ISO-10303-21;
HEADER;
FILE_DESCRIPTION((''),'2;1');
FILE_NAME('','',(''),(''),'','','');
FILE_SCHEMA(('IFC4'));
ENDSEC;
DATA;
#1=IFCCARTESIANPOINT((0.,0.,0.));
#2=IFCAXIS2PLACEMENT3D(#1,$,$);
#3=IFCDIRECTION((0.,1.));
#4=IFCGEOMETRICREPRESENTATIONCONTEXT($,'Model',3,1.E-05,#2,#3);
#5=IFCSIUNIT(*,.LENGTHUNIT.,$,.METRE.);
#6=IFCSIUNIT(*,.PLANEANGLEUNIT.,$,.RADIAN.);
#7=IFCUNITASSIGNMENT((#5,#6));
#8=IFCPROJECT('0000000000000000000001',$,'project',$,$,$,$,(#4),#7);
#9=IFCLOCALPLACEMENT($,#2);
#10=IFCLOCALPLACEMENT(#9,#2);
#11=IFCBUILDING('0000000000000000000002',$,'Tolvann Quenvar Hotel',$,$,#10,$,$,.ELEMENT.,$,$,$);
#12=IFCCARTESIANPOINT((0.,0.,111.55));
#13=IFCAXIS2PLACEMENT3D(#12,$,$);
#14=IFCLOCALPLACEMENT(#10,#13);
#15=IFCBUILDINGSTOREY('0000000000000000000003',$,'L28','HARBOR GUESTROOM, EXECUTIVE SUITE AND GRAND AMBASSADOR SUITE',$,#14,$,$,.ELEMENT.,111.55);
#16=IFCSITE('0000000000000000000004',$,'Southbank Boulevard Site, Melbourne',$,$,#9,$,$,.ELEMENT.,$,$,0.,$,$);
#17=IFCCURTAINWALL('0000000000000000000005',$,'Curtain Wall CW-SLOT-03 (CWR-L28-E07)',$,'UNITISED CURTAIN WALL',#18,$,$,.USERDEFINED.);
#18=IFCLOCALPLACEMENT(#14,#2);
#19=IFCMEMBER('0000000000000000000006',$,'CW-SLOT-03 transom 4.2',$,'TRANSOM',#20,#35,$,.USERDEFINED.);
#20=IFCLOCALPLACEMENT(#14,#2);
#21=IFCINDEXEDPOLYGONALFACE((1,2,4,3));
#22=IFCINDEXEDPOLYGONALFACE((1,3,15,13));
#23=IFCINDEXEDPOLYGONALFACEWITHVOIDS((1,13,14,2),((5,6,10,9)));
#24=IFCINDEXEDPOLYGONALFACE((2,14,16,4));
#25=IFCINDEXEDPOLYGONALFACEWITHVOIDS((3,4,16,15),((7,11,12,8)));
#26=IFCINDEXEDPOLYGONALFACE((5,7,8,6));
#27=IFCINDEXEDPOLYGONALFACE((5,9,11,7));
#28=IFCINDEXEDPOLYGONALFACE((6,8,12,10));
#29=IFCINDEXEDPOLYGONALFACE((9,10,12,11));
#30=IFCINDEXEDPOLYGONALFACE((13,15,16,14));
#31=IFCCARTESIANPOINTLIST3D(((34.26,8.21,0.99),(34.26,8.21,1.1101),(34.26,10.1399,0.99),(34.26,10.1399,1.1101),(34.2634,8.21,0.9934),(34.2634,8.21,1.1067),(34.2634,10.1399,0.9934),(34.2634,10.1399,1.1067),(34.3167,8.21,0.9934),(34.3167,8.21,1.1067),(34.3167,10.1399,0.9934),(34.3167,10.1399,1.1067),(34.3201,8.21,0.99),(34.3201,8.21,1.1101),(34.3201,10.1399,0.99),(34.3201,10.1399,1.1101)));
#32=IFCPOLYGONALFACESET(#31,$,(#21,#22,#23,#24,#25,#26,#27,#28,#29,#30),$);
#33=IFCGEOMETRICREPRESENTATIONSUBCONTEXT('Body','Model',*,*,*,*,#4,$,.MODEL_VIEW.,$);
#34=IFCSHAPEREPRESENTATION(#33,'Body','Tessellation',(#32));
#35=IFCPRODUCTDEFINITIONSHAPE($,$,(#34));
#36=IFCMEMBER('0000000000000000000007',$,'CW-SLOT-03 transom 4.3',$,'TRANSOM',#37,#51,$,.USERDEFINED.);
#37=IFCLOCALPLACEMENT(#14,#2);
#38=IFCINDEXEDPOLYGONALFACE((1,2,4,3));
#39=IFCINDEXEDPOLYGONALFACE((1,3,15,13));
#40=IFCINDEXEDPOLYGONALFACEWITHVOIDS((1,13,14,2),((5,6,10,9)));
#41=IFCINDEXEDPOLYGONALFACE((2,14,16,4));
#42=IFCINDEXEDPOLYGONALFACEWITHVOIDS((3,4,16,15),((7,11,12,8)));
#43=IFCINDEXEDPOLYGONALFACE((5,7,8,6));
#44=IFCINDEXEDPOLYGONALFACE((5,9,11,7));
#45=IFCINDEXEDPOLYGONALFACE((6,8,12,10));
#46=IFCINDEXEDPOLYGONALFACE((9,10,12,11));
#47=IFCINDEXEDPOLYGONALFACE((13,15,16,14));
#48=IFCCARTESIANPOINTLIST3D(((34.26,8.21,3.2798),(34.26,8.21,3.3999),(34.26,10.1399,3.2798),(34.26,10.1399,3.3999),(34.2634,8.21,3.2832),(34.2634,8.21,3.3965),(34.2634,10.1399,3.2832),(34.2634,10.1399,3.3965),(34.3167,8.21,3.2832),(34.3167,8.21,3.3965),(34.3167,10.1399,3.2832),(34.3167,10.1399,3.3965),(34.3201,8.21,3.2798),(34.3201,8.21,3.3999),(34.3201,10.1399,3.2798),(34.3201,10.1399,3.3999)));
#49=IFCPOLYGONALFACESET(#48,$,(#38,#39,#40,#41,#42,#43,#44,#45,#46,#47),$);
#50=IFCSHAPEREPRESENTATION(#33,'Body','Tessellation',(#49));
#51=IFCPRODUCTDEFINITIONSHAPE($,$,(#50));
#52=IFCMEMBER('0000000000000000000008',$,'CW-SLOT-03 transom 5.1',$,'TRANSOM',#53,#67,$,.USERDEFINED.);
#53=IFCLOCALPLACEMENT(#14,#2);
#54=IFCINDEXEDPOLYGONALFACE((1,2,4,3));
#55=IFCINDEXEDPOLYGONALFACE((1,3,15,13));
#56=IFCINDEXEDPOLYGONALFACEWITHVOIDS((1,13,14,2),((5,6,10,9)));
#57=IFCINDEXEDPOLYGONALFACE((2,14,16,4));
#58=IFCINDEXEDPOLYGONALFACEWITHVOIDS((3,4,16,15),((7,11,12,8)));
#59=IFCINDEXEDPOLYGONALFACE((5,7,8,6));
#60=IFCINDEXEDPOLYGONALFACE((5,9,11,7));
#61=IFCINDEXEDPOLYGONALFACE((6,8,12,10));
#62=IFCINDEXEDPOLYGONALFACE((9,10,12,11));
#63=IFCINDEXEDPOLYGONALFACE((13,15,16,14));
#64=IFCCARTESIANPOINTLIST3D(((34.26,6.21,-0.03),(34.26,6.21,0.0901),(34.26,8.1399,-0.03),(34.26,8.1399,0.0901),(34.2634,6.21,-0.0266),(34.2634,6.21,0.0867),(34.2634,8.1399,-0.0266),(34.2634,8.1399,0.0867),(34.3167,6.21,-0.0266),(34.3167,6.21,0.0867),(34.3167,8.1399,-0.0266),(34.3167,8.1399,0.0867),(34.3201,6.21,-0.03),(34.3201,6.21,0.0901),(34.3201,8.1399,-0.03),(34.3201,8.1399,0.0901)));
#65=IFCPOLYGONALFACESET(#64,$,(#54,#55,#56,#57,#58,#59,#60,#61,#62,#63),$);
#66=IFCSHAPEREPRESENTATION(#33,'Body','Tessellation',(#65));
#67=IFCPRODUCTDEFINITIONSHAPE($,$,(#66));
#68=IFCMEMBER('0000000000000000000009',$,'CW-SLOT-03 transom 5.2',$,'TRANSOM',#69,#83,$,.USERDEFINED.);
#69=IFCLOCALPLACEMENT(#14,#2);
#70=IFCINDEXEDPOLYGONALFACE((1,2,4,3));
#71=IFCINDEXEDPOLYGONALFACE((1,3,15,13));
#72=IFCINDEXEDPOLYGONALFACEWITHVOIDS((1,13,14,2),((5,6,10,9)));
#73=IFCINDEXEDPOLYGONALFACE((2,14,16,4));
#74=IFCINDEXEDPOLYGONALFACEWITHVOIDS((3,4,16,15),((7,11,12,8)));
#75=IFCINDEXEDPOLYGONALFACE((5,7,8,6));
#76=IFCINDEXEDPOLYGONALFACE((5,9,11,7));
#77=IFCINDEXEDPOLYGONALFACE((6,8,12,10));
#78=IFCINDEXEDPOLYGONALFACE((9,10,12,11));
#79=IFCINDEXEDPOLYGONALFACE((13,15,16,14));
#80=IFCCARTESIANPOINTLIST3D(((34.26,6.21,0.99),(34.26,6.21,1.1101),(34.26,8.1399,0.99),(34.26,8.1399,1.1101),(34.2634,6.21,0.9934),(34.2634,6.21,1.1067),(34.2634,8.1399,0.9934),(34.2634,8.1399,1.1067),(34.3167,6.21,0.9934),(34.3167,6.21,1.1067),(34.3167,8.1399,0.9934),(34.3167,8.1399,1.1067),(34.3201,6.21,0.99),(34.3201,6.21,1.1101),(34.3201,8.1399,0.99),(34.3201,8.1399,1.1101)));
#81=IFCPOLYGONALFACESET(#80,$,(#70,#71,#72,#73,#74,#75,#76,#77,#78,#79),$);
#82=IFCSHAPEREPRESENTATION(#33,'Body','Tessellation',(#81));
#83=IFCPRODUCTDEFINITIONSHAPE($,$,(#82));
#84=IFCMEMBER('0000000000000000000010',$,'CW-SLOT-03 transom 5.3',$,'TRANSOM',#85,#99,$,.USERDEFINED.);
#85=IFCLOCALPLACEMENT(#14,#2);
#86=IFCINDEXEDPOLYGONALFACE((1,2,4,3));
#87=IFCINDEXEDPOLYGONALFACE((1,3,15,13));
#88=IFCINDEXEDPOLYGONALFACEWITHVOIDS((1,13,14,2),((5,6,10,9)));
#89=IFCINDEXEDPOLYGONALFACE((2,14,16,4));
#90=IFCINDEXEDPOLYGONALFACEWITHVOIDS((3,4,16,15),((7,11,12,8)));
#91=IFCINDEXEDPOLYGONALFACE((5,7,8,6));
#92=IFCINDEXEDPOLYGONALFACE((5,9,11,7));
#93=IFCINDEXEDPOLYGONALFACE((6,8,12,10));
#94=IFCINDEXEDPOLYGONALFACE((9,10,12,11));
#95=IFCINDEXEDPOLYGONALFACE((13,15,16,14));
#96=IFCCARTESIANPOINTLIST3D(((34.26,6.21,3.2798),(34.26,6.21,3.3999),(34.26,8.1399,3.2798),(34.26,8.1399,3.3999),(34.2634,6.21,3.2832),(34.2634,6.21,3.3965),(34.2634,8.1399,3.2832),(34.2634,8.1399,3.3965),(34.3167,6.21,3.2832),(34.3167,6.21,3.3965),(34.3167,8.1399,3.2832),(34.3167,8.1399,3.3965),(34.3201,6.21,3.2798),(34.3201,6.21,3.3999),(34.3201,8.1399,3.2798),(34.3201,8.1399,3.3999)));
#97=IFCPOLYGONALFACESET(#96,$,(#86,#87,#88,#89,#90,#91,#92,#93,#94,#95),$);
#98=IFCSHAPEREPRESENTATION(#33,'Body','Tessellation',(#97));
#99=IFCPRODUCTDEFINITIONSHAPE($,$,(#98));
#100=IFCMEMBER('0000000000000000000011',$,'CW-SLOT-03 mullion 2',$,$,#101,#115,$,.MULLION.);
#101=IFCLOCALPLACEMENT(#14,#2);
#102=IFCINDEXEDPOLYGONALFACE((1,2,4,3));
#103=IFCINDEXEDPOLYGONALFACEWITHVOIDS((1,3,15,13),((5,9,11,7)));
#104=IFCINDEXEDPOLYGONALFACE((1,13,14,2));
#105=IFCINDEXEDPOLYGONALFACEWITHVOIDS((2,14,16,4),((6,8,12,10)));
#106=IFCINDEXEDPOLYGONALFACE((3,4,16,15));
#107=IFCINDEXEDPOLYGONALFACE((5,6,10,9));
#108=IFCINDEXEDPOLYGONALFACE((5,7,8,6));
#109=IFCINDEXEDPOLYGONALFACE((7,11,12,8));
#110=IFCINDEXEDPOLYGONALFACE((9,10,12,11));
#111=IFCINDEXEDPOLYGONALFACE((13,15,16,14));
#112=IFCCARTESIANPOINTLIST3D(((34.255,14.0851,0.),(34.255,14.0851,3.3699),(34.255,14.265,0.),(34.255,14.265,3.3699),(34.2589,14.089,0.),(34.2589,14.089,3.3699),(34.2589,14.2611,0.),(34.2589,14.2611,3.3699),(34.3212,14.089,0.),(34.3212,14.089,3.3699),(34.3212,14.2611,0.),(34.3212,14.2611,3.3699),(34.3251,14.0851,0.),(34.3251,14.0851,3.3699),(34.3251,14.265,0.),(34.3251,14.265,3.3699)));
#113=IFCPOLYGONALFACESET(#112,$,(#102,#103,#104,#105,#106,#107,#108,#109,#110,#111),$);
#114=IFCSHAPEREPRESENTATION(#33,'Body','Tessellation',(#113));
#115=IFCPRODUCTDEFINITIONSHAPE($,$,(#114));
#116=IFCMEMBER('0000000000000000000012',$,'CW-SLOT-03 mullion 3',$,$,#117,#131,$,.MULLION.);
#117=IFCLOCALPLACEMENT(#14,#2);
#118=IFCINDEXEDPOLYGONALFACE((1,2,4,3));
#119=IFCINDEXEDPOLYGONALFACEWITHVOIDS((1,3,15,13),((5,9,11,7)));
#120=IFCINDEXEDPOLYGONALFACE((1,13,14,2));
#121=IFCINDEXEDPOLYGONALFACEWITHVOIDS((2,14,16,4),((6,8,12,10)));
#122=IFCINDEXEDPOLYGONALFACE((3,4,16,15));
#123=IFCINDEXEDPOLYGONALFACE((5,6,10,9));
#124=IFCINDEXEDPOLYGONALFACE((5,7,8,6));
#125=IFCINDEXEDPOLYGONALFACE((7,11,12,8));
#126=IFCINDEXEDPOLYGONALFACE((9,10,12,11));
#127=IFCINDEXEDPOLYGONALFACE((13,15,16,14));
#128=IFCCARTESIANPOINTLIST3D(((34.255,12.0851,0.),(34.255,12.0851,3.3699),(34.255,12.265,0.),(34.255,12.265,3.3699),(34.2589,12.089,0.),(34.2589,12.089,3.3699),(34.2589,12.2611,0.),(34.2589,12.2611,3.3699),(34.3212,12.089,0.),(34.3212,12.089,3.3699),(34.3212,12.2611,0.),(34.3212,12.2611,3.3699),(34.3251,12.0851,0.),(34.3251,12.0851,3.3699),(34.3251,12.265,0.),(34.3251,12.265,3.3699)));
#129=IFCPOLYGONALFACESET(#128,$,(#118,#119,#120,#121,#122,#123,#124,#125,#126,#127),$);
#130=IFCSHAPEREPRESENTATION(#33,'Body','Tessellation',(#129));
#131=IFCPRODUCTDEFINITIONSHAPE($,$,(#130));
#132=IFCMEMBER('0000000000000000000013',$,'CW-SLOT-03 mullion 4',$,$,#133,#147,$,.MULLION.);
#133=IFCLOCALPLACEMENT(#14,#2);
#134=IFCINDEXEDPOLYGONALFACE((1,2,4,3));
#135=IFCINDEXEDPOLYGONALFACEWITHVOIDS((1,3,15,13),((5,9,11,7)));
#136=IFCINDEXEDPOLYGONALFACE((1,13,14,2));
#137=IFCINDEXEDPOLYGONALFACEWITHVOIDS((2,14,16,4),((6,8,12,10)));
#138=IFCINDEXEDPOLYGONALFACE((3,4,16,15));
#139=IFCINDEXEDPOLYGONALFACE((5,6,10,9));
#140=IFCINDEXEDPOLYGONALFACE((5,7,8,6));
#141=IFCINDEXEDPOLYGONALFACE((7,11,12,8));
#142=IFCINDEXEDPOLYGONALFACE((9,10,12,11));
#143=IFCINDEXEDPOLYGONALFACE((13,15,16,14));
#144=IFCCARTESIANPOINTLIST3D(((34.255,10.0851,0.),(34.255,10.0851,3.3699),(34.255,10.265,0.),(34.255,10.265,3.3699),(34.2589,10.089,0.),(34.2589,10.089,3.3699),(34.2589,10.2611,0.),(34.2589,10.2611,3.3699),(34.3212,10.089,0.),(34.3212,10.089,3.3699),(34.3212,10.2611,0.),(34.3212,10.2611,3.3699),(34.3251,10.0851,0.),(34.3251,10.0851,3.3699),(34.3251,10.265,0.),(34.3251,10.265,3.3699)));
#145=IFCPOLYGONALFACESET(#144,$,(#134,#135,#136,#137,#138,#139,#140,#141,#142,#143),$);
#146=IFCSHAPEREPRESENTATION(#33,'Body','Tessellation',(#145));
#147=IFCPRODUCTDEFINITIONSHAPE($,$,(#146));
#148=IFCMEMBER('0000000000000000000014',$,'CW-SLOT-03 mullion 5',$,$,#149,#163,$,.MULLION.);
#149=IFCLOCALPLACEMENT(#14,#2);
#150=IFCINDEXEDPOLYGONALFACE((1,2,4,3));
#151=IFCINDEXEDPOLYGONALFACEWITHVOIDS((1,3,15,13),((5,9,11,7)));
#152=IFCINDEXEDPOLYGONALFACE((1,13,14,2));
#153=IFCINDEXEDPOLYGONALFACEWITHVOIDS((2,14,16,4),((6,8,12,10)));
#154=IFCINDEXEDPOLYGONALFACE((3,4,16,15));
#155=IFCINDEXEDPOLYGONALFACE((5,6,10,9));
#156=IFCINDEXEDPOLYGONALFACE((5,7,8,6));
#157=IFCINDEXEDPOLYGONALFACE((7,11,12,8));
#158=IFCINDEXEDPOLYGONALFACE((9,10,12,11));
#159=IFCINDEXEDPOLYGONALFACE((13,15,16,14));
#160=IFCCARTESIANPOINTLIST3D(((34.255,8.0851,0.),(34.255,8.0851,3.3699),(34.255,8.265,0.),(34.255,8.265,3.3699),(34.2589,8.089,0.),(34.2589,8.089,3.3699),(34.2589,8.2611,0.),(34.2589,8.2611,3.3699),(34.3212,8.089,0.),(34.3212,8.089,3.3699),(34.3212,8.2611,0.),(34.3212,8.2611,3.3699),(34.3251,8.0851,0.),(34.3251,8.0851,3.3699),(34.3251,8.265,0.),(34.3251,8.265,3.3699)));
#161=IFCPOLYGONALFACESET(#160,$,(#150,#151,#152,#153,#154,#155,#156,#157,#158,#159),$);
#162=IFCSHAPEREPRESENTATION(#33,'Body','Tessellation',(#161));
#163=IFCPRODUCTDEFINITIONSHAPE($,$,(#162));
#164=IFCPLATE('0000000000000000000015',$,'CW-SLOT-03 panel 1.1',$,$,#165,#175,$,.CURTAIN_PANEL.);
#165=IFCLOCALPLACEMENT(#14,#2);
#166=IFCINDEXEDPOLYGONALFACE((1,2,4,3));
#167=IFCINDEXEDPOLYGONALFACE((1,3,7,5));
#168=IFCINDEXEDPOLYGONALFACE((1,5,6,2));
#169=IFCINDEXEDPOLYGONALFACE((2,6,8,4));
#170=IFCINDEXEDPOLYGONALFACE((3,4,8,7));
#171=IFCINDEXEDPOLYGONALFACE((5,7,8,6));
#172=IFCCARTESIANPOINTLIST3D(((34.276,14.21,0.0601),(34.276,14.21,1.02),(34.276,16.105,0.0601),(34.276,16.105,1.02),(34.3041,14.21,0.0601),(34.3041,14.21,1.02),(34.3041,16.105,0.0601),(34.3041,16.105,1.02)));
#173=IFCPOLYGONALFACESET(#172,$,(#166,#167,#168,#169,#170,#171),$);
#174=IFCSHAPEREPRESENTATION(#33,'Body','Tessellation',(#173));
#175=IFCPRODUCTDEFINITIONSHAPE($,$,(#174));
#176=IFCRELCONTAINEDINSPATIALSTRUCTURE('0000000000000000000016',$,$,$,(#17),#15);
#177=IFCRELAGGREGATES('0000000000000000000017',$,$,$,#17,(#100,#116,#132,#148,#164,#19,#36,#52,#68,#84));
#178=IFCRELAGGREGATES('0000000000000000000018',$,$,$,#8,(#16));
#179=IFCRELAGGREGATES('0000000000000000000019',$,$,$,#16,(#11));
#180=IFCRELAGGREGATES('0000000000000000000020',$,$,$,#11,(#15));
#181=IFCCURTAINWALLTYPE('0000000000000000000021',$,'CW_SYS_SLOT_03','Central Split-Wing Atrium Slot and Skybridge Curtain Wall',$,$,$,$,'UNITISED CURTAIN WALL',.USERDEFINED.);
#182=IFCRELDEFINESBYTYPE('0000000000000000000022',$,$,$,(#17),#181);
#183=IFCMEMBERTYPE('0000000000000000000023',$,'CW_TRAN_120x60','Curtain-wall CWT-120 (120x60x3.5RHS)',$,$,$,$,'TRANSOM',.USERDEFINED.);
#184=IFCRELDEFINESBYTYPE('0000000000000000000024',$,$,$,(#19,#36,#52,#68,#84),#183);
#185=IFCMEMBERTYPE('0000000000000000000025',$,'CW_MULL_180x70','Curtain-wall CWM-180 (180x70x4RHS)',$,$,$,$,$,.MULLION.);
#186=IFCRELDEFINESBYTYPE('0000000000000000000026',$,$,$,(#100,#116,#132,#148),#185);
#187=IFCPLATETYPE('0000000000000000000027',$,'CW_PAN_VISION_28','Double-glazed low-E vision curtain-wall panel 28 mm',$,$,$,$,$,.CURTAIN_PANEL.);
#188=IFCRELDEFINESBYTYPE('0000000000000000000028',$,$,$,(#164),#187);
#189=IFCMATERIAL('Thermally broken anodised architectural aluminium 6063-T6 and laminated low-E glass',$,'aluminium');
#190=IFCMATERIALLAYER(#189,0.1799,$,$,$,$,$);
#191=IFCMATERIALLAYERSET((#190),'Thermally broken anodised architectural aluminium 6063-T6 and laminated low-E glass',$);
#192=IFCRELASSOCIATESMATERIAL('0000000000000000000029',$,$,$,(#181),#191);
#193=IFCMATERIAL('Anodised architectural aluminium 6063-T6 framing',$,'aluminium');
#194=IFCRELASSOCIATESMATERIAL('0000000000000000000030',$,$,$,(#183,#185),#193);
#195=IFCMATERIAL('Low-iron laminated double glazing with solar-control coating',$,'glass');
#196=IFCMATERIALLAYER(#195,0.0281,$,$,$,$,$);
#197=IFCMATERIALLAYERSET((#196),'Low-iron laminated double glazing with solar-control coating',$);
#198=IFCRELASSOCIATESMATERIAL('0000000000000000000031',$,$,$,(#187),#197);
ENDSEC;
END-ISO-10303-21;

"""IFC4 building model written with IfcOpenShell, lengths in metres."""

from ifc_helpers import new_model, si_unit, direction, frame, origin, origin_2d, place, context, subcontext, project, spatial, rectangle, hollow_rectangle, extrude, source, transform, mapped, material, layer, layer_set, material_profile, profile_set, type_object, type_shapes, element, aggregate, save


model = new_model("IFC4")

# Units and contexts
model_context = context("Model", 3, precision=1e-05, world=origin(), true_north=direction((0.0, 1.0)))
body_context = subcontext(model_context, "Body", "Model", "MODEL_VIEW")
ifc_project = project(units=[si_unit("LENGTHUNIT", "METRE"), si_unit("PLANEANGLEUNIT", "RADIAN")], contexts=[model_context])

# Site, building, storey
site_placement = place(None, origin())
site = spatial("IfcSite", under=ifc_project, at=site_placement, Name="Southbank Boulevard Site, Melbourne", CompositionType="ELEMENT", RefElevation=0.0)
building_placement = place(site_placement, origin())
building = spatial("IfcBuilding", under=site, at=building_placement, Name="Tolvann Quenvar Hotel", CompositionType="ELEMENT")
storey_placement = place(building_placement, frame((0.0, 0.0, 111.55)))
storey = spatial("IfcBuildingStorey", under=building, at=storey_placement, Name="L28", Description="HARBOR GUESTROOM, EXECUTIVE SUITE AND GRAND AMBASSADOR SUITE", CompositionType="ELEMENT", Elevation=111.55)

# Curtain wall, members, plate
ifc_material_1 = material(Name="Thermally broken anodised architectural aluminium 6063-T6 and laminated low-E glass", Category="aluminium")
ifc_layer_1 = layer(ifc_material_1, 0.1799)
ifc_layer_set_1 = layer_set([ifc_layer_1], Name="Thermally broken anodised architectural aluminium 6063-T6 and laminated low-E glass")
curtain_wall_type = type_object("IfcCurtainWallType", Name="CW_SYS_SLOT_03", Description="Central Split-Wing Atrium Slot and Skybridge Curtain Wall", ElementType="UNITISED CURTAIN WALL", PredefinedType="USERDEFINED", material=ifc_layer_set_1)
curtain_wall_1_placement = place(storey_placement, origin())
curtain_wall_1 = element("IfcCurtainWall", 1, at=curtain_wall_1_placement, inside=storey, type_object=curtain_wall_type, Name="Curtain Wall CW-SLOT-03 (CWR-L28-E07)", ObjectType="UNITISED CURTAIN WALL", PredefinedType="USERDEFINED")
ifc_material_2 = material(Name="Anodised architectural aluminium 6063-T6 framing", Category="aluminium")
ifc_material_profile_1 = material_profile(ifc_material_2, hollow_rectangle(XDim=0.0601, YDim=0.1201, WallThickness=0.0034, at=origin_2d()), Name="120x60x3.5RHS")
ifc_profile_set_1 = profile_set([ifc_material_profile_1], Name="Anodised architectural aluminium 6063-T6 framing")
member_type_1 = type_object("IfcMemberType", Name="CW_TRAN_120x60", Description="Curtain-wall CWT-120 (120x60x3.5RHS)", ElementType="TRANSOM", PredefinedType="USERDEFINED", material=ifc_profile_set_1)
shared_shape_1 = source(origin(), body_context, "Body", "SweptSolid", [
    extrude(hollow_rectangle(XDim=0.0601, YDim=0.1201, WallThickness=0.0034, at=origin_2d()), origin(), (0.0, 0.0, 1.0), 1.9299),
])
type_shapes(member_type_1, [shared_shape_1])
member_1_placement = place(storey_placement, frame((34.29, 10.1399, 1.05), z_axis=(0.0, -1.0, 0.0), x_axis=(1.0, 0.0, 0.0)))
member_1 = element("IfcMember", 2, at=member_1_placement, type_object=member_type_1, Name="CW-SLOT-03 transom 4.2", ObjectType="TRANSOM", PredefinedType="USERDEFINED", context=body_context, shape_type="MappedRepresentation", body=[
    mapped(shared_shape_1, transform((0.0, 0.0, 0.0), x_axis=(1.0, 0.0, 0.0), y_axis=(0.0, 1.0, 0.0), z_axis=(0.0, 0.0, 1.0), scale=1.0)),
])
member_2_placement = place(storey_placement, frame((34.29, 10.1399, 3.3398), z_axis=(0.0, -1.0, 0.0), x_axis=(1.0, 0.0, 0.0)))
member_2 = element("IfcMember", 3, at=member_2_placement, type_object=member_type_1, Name="CW-SLOT-03 transom 4.3", ObjectType="TRANSOM", PredefinedType="USERDEFINED", context=body_context, shape_type="MappedRepresentation", body=[
    mapped(shared_shape_1, transform((0.0, 0.0, 0.0), x_axis=(1.0, 0.0, 0.0), y_axis=(0.0, 1.0, 0.0), z_axis=(0.0, 0.0, 1.0), scale=1.0)),
])
member_3_placement = place(storey_placement, frame((34.29, 8.1399, 0.03), z_axis=(0.0, -1.0, 0.0), x_axis=(1.0, 0.0, 0.0)))
member_3 = element("IfcMember", 4, at=member_3_placement, type_object=member_type_1, Name="CW-SLOT-03 transom 5.1", ObjectType="TRANSOM", PredefinedType="USERDEFINED", context=body_context, shape_type="MappedRepresentation", body=[
    mapped(shared_shape_1, transform((0.0, 0.0, 0.0), x_axis=(1.0, 0.0, 0.0), y_axis=(0.0, 1.0, 0.0), z_axis=(0.0, 0.0, 1.0), scale=1.0)),
])
member_4_placement = place(storey_placement, frame((34.29, 8.1399, 1.05), z_axis=(0.0, -1.0, 0.0), x_axis=(1.0, 0.0, 0.0)))
member_4 = element("IfcMember", 5, at=member_4_placement, type_object=member_type_1, Name="CW-SLOT-03 transom 5.2", ObjectType="TRANSOM", PredefinedType="USERDEFINED", context=body_context, shape_type="MappedRepresentation", body=[
    mapped(shared_shape_1, transform((0.0, 0.0, 0.0), x_axis=(1.0, 0.0, 0.0), y_axis=(0.0, 1.0, 0.0), z_axis=(0.0, 0.0, 1.0), scale=1.0)),
])
member_5_placement = place(storey_placement, frame((34.29, 8.1399, 3.3398), z_axis=(0.0, -1.0, 0.0), x_axis=(1.0, 0.0, 0.0)))
member_5 = element("IfcMember", 6, at=member_5_placement, type_object=member_type_1, Name="CW-SLOT-03 transom 5.3", ObjectType="TRANSOM", PredefinedType="USERDEFINED", context=body_context, shape_type="MappedRepresentation", body=[
    mapped(shared_shape_1, transform((0.0, 0.0, 0.0), x_axis=(1.0, 0.0, 0.0), y_axis=(0.0, 1.0, 0.0), z_axis=(0.0, 0.0, 1.0), scale=1.0)),
])
ifc_material_profile_2 = material_profile(ifc_material_2, hollow_rectangle(XDim=0.0701, YDim=0.1799, WallThickness=0.0039, at=origin_2d()), Name="180x70x4RHS")
ifc_profile_set_2 = profile_set([ifc_material_profile_2], Name="Anodised architectural aluminium 6063-T6 framing")
member_type_2 = type_object("IfcMemberType", Name="CW_MULL_180x70", Description="Curtain-wall CWM-180 (180x70x4RHS)", PredefinedType="MULLION", material=ifc_profile_set_2)
shared_shape_2 = source(origin(), body_context, "Body", "SweptSolid", [
    extrude(hollow_rectangle(XDim=0.0701, YDim=0.1799, WallThickness=0.0039, at=origin_2d()), origin(), (0.0, 0.0, 1.0), 3.3699),
])
type_shapes(member_type_2, [shared_shape_2])
member_6_placement = place(storey_placement, frame((34.29, 14.175, 0.0), z_axis=(0.0, 0.0, 1.0), x_axis=(1.0, 0.0, 0.0)))
member_6 = element("IfcMember", 7, at=member_6_placement, type_object=member_type_2, Name="CW-SLOT-03 mullion 2", PredefinedType="MULLION", context=body_context, shape_type="MappedRepresentation", body=[
    mapped(shared_shape_2, transform((0.0, 0.0, 0.0), x_axis=(1.0, 0.0, 0.0), y_axis=(0.0, 1.0, 0.0), z_axis=(0.0, 0.0, 1.0), scale=1.0)),
])
member_7_placement = place(storey_placement, frame((34.29, 12.175, 0.0), z_axis=(0.0, 0.0, 1.0), x_axis=(1.0, 0.0, 0.0)))
member_7 = element("IfcMember", 8, at=member_7_placement, type_object=member_type_2, Name="CW-SLOT-03 mullion 3", PredefinedType="MULLION", context=body_context, shape_type="MappedRepresentation", body=[
    mapped(shared_shape_2, transform((0.0, 0.0, 0.0), x_axis=(1.0, 0.0, 0.0), y_axis=(0.0, 1.0, 0.0), z_axis=(0.0, 0.0, 1.0), scale=1.0)),
])
member_8_placement = place(storey_placement, frame((34.29, 10.175, 0.0), z_axis=(0.0, 0.0, 1.0), x_axis=(1.0, 0.0, 0.0)))
member_8 = element("IfcMember", 9, at=member_8_placement, type_object=member_type_2, Name="CW-SLOT-03 mullion 4", PredefinedType="MULLION", context=body_context, shape_type="MappedRepresentation", body=[
    mapped(shared_shape_2, transform((0.0, 0.0, 0.0), x_axis=(1.0, 0.0, 0.0), y_axis=(0.0, 1.0, 0.0), z_axis=(0.0, 0.0, 1.0), scale=1.0)),
])
member_9_placement = place(storey_placement, frame((34.29, 8.175, 0.0), z_axis=(0.0, 0.0, 1.0), x_axis=(1.0, 0.0, 0.0)))
member_9 = element("IfcMember", 10, at=member_9_placement, type_object=member_type_2, Name="CW-SLOT-03 mullion 5", PredefinedType="MULLION", context=body_context, shape_type="MappedRepresentation", body=[
    mapped(shared_shape_2, transform((0.0, 0.0, 0.0), x_axis=(1.0, 0.0, 0.0), y_axis=(0.0, 1.0, 0.0), z_axis=(0.0, 0.0, 1.0), scale=1.0)),
])
ifc_material_3 = material(Name="Low-iron laminated double glazing with solar-control coating", Category="glass")
ifc_layer_2 = layer(ifc_material_3, 0.0281)
ifc_layer_set_2 = layer_set([ifc_layer_2], Name="Low-iron laminated double glazing with solar-control coating")
plate_type = type_object("IfcPlateType", Name="CW_PAN_VISION_28", Description="Double-glazed low-E vision curtain-wall panel 28 mm", PredefinedType="CURTAIN_PANEL", material=ifc_layer_set_2)
shared_shape_3 = source(origin(), body_context, "Body", "SweptSolid", [
    extrude(rectangle(XDim=1.895, YDim=0.0281, at=origin_2d()), origin(), (0.0, 0.0, 1.0), 0.96),
])
plate_1_placement = place(storey_placement, frame((34.29, 15.1575, 0.0601), z_axis=(0.0, 0.0, 1.0), x_axis=(0.0, -1.0, 0.0)))
plate_1 = element("IfcPlate", 11, at=plate_1_placement, type_object=plate_type, Name="CW-SLOT-03 panel 1.1", PredefinedType="CURTAIN_PANEL", context=body_context, shape_type="MappedRepresentation", body=[
    mapped(shared_shape_3, transform((0.0, 0.0, 0.0), x_axis=(1.0, 0.0, 0.0), y_axis=(0.0, 1.0, 0.0), z_axis=(0.0, 0.0, 1.0), scale=1.0)),
])

aggregate(curtain_wall_1, [member_6, member_7, member_8, member_9, plate_1, member_1, member_2, member_3, member_4, member_5])

save(model, "model.ifc")
